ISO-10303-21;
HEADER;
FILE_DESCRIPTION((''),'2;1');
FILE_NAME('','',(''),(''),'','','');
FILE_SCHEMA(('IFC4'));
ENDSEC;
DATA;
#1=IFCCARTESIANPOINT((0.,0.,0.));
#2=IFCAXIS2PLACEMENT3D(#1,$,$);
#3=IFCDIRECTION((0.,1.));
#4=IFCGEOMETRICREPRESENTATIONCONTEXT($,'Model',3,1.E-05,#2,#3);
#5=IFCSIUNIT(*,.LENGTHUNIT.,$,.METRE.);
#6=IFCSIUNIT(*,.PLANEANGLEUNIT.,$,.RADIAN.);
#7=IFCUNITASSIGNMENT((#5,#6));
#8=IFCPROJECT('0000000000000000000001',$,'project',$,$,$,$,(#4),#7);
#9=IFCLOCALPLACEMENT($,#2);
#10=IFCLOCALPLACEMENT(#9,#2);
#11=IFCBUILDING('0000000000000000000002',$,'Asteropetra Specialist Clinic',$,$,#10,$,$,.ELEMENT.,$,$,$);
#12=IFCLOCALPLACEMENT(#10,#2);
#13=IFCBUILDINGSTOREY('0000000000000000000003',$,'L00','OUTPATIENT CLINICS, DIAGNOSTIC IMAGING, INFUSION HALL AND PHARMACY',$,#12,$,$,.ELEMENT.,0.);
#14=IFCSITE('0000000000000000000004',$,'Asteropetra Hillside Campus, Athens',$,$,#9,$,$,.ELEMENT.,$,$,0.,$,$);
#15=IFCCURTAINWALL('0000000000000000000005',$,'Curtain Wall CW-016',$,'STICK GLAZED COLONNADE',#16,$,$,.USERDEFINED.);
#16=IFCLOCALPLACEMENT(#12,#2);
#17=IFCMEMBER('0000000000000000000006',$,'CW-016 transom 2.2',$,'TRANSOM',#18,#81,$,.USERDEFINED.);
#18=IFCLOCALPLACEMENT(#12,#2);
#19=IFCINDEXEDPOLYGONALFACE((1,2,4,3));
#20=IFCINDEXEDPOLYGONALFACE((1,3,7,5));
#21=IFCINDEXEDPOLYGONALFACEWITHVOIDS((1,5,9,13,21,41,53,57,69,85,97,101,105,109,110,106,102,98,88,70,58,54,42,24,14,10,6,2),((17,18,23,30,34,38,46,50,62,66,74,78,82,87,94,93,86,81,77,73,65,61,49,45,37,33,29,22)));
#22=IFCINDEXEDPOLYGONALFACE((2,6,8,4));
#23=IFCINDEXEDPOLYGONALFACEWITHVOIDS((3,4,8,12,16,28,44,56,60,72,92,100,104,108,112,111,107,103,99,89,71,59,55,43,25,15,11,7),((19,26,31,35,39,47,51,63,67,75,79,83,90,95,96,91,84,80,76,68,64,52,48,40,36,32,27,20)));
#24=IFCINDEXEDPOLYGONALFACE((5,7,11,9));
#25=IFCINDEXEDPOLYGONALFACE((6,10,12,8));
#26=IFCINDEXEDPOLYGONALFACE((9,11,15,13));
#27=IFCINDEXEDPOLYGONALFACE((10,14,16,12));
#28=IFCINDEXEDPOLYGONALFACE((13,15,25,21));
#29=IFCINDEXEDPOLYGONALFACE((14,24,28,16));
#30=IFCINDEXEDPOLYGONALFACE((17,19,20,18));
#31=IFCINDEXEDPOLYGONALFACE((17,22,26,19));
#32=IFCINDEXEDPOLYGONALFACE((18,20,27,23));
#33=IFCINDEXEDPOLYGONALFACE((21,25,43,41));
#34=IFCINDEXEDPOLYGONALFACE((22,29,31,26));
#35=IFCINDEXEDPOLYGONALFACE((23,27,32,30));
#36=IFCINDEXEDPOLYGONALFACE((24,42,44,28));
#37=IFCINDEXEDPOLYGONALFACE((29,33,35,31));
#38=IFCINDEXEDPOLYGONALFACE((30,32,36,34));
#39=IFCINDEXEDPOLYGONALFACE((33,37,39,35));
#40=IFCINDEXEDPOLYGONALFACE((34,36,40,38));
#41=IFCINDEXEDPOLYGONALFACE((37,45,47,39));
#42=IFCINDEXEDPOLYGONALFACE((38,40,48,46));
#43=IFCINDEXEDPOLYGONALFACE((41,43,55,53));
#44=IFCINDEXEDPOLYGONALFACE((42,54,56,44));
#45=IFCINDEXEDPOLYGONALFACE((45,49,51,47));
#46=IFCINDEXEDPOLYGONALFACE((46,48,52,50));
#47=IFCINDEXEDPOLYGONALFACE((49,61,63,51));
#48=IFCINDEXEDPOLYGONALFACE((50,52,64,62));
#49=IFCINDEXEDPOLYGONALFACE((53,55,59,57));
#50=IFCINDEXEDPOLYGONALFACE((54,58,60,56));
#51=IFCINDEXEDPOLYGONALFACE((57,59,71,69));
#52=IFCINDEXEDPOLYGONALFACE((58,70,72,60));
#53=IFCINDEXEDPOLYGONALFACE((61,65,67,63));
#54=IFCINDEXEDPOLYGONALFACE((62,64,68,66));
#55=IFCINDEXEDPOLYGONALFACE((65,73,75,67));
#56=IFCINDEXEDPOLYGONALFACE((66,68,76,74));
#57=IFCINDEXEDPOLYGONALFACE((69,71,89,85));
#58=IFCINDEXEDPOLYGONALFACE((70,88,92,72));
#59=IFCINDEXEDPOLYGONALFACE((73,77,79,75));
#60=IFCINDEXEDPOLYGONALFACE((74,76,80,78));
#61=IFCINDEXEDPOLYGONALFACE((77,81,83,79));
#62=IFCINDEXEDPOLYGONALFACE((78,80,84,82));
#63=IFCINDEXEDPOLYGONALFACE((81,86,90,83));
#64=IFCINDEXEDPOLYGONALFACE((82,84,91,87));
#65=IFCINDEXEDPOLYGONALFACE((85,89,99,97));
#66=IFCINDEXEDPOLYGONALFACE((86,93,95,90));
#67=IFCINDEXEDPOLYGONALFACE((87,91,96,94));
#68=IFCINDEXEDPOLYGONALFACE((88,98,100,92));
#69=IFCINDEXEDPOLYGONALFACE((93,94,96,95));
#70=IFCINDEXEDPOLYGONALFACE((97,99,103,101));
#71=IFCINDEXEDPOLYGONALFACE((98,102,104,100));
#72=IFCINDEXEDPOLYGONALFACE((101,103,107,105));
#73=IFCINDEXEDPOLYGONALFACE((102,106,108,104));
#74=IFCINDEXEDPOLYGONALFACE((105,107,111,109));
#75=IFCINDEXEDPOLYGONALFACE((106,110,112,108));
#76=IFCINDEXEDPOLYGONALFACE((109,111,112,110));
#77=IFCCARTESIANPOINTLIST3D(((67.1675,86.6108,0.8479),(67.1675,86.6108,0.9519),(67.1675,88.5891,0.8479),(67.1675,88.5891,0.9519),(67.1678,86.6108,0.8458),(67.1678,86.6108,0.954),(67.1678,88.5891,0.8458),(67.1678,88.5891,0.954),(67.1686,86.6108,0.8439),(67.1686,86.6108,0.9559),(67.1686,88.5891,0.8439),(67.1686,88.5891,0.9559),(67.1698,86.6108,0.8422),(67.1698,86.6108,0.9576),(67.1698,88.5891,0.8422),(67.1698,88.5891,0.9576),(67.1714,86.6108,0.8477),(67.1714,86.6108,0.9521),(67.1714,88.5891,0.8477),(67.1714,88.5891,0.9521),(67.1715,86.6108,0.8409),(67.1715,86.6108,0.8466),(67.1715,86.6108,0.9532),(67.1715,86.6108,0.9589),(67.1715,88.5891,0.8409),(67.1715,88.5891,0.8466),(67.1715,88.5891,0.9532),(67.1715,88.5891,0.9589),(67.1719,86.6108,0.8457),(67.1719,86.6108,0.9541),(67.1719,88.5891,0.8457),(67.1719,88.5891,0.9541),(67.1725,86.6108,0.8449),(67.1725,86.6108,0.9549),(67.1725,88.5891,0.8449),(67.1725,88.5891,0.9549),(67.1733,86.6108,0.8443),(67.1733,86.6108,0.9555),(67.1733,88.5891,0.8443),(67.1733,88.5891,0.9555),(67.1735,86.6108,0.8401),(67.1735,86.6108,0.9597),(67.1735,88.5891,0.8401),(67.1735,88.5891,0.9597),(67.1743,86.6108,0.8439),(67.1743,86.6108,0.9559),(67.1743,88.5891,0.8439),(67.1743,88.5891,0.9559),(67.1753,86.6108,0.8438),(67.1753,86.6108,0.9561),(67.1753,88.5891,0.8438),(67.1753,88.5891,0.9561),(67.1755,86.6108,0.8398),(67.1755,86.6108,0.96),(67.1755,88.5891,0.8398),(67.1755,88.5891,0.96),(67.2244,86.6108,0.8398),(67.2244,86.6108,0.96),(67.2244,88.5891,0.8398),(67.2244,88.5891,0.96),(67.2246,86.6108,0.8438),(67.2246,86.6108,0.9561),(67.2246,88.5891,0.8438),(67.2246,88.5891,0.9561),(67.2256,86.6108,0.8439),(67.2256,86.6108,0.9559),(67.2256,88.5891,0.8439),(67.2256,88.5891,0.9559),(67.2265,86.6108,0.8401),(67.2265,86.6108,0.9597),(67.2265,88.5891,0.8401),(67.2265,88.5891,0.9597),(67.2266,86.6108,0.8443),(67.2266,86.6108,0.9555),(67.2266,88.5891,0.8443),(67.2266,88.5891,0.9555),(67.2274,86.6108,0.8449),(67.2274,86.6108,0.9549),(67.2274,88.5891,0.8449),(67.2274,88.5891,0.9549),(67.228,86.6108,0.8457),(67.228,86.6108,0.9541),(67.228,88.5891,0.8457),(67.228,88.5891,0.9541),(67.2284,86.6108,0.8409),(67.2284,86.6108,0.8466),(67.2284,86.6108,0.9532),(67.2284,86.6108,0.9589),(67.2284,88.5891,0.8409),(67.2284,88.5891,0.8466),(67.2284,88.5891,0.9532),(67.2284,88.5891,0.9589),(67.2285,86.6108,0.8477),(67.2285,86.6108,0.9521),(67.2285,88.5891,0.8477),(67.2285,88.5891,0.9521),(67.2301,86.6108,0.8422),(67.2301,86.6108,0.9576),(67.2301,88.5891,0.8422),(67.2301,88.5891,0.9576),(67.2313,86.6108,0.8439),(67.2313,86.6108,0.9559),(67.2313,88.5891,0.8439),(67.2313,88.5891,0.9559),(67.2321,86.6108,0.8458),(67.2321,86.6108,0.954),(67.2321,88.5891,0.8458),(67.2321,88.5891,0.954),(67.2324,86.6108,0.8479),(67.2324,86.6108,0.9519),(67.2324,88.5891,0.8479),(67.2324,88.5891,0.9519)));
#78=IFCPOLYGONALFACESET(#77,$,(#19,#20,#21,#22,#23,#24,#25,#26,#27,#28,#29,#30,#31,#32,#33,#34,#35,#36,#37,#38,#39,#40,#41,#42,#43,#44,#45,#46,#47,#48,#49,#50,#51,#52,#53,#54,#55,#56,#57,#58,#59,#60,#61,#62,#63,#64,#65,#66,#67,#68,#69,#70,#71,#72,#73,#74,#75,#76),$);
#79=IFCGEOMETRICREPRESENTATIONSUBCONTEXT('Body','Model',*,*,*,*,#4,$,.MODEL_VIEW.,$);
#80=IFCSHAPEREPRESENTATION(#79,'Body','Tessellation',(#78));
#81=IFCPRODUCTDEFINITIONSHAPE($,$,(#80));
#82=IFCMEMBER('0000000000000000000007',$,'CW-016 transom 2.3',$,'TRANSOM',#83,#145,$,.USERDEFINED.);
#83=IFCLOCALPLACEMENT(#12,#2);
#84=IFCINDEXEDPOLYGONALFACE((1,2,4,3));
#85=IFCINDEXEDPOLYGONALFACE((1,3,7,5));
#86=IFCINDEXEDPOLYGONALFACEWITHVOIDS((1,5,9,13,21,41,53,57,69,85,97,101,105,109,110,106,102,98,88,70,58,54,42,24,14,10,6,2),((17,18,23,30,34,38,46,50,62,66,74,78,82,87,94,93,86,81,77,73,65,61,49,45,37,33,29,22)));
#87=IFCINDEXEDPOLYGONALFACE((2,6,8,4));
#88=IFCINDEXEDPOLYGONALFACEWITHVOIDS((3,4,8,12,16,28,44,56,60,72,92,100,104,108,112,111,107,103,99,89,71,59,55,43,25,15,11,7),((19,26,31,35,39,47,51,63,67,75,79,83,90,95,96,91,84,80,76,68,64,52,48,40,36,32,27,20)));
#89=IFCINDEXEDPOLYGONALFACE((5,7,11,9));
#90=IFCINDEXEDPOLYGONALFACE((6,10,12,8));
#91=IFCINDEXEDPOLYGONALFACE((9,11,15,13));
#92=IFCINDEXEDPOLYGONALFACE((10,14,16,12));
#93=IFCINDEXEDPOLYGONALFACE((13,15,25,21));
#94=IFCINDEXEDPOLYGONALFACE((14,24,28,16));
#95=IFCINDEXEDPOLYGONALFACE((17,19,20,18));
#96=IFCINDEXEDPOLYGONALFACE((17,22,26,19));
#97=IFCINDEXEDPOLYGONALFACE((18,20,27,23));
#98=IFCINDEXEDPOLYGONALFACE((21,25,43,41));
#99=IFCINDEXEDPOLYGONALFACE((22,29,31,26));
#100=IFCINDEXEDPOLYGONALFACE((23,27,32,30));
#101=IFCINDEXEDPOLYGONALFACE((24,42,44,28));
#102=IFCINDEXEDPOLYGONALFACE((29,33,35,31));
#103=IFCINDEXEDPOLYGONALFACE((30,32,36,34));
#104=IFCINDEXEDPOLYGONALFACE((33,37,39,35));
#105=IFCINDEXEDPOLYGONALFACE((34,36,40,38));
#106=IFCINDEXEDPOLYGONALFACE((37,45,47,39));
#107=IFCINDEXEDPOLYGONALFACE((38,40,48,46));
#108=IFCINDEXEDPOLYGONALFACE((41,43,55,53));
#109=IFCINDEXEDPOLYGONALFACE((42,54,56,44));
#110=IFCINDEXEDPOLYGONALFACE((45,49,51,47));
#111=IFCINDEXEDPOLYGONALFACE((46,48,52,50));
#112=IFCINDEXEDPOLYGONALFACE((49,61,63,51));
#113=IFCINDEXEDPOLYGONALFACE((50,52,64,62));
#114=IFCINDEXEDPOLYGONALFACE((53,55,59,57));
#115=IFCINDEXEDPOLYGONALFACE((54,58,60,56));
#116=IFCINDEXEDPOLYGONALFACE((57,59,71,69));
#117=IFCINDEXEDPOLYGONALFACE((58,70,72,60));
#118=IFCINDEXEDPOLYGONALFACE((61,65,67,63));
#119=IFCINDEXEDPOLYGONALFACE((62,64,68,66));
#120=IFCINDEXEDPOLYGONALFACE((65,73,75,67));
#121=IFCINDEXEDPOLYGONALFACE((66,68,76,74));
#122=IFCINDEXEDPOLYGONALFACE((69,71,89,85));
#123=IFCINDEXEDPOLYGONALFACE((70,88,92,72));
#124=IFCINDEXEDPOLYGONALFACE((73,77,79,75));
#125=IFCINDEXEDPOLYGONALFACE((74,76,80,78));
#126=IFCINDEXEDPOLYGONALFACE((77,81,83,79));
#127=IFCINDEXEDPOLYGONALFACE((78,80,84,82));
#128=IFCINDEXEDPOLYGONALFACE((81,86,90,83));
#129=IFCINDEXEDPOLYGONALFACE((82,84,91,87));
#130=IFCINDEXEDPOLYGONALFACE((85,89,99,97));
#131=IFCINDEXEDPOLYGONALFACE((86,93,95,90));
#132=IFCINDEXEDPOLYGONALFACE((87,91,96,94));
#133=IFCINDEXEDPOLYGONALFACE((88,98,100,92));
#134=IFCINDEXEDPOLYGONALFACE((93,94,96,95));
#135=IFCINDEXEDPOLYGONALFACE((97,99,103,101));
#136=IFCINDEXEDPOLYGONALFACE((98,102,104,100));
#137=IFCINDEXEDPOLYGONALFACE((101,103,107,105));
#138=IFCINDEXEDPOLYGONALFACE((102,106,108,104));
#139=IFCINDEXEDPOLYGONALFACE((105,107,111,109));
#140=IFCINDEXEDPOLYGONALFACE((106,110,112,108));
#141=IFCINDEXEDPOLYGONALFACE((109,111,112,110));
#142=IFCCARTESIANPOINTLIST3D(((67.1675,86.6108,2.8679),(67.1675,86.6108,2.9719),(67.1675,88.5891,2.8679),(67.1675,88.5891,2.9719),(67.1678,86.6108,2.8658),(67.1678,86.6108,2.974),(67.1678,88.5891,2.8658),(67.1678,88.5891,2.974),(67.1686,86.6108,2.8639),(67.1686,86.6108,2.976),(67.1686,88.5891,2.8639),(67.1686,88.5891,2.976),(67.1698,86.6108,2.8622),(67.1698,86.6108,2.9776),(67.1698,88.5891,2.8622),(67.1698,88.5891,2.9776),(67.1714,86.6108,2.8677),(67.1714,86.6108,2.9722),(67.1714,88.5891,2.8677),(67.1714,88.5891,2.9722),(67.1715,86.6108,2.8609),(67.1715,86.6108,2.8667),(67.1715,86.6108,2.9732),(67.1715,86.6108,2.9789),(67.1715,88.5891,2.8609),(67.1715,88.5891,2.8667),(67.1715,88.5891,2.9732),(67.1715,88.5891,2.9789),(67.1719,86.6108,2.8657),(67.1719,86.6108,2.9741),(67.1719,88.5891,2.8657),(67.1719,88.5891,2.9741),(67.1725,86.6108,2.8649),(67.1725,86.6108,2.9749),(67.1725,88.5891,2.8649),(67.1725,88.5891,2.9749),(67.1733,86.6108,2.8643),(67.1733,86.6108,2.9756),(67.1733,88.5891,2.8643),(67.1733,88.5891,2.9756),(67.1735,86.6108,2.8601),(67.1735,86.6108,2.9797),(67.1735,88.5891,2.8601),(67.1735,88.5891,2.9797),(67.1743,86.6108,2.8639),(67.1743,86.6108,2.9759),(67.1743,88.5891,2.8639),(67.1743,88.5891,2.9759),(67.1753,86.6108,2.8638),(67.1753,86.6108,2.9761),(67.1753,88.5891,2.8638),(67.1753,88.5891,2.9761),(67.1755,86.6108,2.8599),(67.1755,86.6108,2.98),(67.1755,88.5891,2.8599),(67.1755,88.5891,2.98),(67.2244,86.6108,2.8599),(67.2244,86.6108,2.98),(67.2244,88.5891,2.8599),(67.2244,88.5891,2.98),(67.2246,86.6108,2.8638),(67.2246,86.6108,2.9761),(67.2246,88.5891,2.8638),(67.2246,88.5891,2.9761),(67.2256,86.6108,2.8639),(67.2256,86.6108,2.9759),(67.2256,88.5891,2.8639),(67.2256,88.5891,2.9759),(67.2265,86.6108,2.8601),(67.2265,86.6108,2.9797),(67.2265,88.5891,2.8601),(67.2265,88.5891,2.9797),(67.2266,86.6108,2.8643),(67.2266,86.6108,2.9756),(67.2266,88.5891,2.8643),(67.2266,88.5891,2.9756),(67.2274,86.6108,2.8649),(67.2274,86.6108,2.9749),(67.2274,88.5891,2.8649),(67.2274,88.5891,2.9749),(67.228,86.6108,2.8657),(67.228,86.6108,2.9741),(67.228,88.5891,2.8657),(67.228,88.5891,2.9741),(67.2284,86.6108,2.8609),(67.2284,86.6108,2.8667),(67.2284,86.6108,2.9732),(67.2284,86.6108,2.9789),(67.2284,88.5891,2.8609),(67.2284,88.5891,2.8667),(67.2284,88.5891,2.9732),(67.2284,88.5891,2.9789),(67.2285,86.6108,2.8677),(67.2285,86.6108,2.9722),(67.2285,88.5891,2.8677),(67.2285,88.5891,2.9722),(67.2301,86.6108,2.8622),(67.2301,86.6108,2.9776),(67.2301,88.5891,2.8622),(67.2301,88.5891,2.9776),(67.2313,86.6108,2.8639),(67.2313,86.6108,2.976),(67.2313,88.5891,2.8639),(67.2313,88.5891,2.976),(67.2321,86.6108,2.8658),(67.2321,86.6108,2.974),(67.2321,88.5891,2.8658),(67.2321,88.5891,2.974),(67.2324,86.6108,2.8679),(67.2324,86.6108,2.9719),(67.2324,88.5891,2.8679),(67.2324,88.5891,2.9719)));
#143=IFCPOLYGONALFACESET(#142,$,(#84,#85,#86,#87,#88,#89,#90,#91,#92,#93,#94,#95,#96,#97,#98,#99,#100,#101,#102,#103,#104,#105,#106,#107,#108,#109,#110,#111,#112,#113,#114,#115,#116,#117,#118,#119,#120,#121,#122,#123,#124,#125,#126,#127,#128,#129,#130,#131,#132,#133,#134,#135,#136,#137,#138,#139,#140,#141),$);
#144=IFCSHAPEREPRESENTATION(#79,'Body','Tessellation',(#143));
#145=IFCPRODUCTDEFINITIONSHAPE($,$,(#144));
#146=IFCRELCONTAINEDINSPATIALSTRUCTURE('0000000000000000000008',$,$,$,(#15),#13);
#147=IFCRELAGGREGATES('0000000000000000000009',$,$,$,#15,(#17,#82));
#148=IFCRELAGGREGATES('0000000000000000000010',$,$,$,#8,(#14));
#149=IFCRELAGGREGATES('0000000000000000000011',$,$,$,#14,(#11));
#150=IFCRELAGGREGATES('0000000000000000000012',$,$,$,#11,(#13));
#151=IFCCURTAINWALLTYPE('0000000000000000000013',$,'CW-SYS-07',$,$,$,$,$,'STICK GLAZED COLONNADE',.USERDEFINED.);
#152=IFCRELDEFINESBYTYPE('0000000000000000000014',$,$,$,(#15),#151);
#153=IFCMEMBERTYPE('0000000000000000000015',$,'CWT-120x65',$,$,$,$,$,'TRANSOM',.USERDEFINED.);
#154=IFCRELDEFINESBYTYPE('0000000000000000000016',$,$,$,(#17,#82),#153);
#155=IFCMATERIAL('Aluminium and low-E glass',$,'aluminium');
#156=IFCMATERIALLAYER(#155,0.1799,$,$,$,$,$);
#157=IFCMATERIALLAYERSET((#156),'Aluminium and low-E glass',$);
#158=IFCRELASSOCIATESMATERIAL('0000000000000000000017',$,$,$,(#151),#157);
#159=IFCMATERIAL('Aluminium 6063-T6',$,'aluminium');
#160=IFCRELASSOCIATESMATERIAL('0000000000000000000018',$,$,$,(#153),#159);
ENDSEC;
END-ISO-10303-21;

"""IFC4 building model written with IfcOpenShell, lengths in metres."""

from ifc_helpers import new_model, si_unit, direction, frame, origin, origin_2d, place, context, subcontext, project, spatial, hollow_rectangle, extrude, material, layer, layer_set, material_profile, profile_set, type_object, element, aggregate, save


model = new_model("IFC4")

# Units and contexts
model_context = context("Model", 3, precision=1e-05, world=origin(), true_north=direction((0.0, 1.0)))
body_context = subcontext(model_context, "Body", "Model", "MODEL_VIEW")
ifc_project = project(units=[si_unit("LENGTHUNIT", "METRE"), si_unit("PLANEANGLEUNIT", "RADIAN")], contexts=[model_context])

# Site, building, storey
site_placement = place(None, origin())
site = spatial("IfcSite", under=ifc_project, at=site_placement, Name="Asteropetra Hillside Campus, Athens", CompositionType="ELEMENT", RefElevation=0.0)
building_placement = place(site_placement, origin())
building = spatial("IfcBuilding", under=site, at=building_placement, Name="Asteropetra Specialist Clinic", CompositionType="ELEMENT")
storey_placement = place(building_placement, origin())
storey = spatial("IfcBuildingStorey", under=building, at=storey_placement, Name="L00", Description="OUTPATIENT CLINICS, DIAGNOSTIC IMAGING, INFUSION HALL AND PHARMACY", CompositionType="ELEMENT", Elevation=0.0)

# Curtain wall
ifc_material_1 = material(Name="Aluminium and low-E glass", Category="aluminium")
ifc_layer_1 = layer(ifc_material_1, 0.1799)
ifc_layer_set_1 = layer_set([ifc_layer_1], Name="Aluminium and low-E glass")
curtain_wall_type_1 = type_object("IfcCurtainWallType", Name="CW-SYS-07", ElementType="STICK GLAZED COLONNADE", PredefinedType="USERDEFINED", material=ifc_layer_set_1)
curtain_wall_1_placement = place(storey_placement, origin())
curtain_wall_1 = element("IfcCurtainWall", 1, at=curtain_wall_1_placement, inside=storey, type_object=curtain_wall_type_1, Name="Curtain Wall CW-016", ObjectType="STICK GLAZED COLONNADE", PredefinedType="USERDEFINED")

# Members
ifc_material_2 = material(Name="Aluminium 6063-T6", Category="aluminium")
ifc_material_profile_1 = material_profile(ifc_material_2, hollow_rectangle(XDim=0.0649, YDim=0.1201, WallThickness=0.0039, InnerFilletRadius=0.0039, OuterFilletRadius=0.0081, at=origin_2d()), Name="TRN 120x65x4.0")
ifc_profile_set_1 = profile_set([ifc_material_profile_1], Name="Aluminium 6063-T6")
member_type_1 = type_object("IfcMemberType", Name="CWT-120x65", ElementType="TRANSOM", PredefinedType="USERDEFINED", material=ifc_profile_set_1)
member_1_placement = place(storey_placement, frame((67.2, 86.6108, 0.8999), z_axis=(0.0, 1.0, 0.0), x_axis=(-1.0, 0.0, 0.0)))
member_1 = element("IfcMember", 2, at=member_1_placement, type_object=member_type_1, Name="CW-016 transom 2.2", ObjectType="TRANSOM", PredefinedType="USERDEFINED", context=body_context, shape_type="SweptSolid", body=[
    extrude(hollow_rectangle(XDim=0.0649, YDim=0.1201, WallThickness=0.0039, InnerFilletRadius=0.0039, OuterFilletRadius=0.0081, at=origin_2d()), origin(), (0.0, 0.0, 1.0), 1.9783),
])
member_2_placement = place(storey_placement, frame((67.2, 86.6108, 2.9199), z_axis=(0.0, 1.0, 0.0), x_axis=(-1.0, 0.0, 0.0)))
member_2 = element("IfcMember", 3, at=member_2_placement, type_object=member_type_1, Name="CW-016 transom 2.3", ObjectType="TRANSOM", PredefinedType="USERDEFINED", context=body_context, shape_type="SweptSolid", body=[
    extrude(hollow_rectangle(XDim=0.0649, YDim=0.1201, WallThickness=0.0039, InnerFilletRadius=0.0039, OuterFilletRadius=0.0081, at=origin_2d()), origin(), (0.0, 0.0, 1.0), 1.9783),
])

aggregate(curtain_wall_1, [member_1, member_2])

save(model, "model.ifc")
